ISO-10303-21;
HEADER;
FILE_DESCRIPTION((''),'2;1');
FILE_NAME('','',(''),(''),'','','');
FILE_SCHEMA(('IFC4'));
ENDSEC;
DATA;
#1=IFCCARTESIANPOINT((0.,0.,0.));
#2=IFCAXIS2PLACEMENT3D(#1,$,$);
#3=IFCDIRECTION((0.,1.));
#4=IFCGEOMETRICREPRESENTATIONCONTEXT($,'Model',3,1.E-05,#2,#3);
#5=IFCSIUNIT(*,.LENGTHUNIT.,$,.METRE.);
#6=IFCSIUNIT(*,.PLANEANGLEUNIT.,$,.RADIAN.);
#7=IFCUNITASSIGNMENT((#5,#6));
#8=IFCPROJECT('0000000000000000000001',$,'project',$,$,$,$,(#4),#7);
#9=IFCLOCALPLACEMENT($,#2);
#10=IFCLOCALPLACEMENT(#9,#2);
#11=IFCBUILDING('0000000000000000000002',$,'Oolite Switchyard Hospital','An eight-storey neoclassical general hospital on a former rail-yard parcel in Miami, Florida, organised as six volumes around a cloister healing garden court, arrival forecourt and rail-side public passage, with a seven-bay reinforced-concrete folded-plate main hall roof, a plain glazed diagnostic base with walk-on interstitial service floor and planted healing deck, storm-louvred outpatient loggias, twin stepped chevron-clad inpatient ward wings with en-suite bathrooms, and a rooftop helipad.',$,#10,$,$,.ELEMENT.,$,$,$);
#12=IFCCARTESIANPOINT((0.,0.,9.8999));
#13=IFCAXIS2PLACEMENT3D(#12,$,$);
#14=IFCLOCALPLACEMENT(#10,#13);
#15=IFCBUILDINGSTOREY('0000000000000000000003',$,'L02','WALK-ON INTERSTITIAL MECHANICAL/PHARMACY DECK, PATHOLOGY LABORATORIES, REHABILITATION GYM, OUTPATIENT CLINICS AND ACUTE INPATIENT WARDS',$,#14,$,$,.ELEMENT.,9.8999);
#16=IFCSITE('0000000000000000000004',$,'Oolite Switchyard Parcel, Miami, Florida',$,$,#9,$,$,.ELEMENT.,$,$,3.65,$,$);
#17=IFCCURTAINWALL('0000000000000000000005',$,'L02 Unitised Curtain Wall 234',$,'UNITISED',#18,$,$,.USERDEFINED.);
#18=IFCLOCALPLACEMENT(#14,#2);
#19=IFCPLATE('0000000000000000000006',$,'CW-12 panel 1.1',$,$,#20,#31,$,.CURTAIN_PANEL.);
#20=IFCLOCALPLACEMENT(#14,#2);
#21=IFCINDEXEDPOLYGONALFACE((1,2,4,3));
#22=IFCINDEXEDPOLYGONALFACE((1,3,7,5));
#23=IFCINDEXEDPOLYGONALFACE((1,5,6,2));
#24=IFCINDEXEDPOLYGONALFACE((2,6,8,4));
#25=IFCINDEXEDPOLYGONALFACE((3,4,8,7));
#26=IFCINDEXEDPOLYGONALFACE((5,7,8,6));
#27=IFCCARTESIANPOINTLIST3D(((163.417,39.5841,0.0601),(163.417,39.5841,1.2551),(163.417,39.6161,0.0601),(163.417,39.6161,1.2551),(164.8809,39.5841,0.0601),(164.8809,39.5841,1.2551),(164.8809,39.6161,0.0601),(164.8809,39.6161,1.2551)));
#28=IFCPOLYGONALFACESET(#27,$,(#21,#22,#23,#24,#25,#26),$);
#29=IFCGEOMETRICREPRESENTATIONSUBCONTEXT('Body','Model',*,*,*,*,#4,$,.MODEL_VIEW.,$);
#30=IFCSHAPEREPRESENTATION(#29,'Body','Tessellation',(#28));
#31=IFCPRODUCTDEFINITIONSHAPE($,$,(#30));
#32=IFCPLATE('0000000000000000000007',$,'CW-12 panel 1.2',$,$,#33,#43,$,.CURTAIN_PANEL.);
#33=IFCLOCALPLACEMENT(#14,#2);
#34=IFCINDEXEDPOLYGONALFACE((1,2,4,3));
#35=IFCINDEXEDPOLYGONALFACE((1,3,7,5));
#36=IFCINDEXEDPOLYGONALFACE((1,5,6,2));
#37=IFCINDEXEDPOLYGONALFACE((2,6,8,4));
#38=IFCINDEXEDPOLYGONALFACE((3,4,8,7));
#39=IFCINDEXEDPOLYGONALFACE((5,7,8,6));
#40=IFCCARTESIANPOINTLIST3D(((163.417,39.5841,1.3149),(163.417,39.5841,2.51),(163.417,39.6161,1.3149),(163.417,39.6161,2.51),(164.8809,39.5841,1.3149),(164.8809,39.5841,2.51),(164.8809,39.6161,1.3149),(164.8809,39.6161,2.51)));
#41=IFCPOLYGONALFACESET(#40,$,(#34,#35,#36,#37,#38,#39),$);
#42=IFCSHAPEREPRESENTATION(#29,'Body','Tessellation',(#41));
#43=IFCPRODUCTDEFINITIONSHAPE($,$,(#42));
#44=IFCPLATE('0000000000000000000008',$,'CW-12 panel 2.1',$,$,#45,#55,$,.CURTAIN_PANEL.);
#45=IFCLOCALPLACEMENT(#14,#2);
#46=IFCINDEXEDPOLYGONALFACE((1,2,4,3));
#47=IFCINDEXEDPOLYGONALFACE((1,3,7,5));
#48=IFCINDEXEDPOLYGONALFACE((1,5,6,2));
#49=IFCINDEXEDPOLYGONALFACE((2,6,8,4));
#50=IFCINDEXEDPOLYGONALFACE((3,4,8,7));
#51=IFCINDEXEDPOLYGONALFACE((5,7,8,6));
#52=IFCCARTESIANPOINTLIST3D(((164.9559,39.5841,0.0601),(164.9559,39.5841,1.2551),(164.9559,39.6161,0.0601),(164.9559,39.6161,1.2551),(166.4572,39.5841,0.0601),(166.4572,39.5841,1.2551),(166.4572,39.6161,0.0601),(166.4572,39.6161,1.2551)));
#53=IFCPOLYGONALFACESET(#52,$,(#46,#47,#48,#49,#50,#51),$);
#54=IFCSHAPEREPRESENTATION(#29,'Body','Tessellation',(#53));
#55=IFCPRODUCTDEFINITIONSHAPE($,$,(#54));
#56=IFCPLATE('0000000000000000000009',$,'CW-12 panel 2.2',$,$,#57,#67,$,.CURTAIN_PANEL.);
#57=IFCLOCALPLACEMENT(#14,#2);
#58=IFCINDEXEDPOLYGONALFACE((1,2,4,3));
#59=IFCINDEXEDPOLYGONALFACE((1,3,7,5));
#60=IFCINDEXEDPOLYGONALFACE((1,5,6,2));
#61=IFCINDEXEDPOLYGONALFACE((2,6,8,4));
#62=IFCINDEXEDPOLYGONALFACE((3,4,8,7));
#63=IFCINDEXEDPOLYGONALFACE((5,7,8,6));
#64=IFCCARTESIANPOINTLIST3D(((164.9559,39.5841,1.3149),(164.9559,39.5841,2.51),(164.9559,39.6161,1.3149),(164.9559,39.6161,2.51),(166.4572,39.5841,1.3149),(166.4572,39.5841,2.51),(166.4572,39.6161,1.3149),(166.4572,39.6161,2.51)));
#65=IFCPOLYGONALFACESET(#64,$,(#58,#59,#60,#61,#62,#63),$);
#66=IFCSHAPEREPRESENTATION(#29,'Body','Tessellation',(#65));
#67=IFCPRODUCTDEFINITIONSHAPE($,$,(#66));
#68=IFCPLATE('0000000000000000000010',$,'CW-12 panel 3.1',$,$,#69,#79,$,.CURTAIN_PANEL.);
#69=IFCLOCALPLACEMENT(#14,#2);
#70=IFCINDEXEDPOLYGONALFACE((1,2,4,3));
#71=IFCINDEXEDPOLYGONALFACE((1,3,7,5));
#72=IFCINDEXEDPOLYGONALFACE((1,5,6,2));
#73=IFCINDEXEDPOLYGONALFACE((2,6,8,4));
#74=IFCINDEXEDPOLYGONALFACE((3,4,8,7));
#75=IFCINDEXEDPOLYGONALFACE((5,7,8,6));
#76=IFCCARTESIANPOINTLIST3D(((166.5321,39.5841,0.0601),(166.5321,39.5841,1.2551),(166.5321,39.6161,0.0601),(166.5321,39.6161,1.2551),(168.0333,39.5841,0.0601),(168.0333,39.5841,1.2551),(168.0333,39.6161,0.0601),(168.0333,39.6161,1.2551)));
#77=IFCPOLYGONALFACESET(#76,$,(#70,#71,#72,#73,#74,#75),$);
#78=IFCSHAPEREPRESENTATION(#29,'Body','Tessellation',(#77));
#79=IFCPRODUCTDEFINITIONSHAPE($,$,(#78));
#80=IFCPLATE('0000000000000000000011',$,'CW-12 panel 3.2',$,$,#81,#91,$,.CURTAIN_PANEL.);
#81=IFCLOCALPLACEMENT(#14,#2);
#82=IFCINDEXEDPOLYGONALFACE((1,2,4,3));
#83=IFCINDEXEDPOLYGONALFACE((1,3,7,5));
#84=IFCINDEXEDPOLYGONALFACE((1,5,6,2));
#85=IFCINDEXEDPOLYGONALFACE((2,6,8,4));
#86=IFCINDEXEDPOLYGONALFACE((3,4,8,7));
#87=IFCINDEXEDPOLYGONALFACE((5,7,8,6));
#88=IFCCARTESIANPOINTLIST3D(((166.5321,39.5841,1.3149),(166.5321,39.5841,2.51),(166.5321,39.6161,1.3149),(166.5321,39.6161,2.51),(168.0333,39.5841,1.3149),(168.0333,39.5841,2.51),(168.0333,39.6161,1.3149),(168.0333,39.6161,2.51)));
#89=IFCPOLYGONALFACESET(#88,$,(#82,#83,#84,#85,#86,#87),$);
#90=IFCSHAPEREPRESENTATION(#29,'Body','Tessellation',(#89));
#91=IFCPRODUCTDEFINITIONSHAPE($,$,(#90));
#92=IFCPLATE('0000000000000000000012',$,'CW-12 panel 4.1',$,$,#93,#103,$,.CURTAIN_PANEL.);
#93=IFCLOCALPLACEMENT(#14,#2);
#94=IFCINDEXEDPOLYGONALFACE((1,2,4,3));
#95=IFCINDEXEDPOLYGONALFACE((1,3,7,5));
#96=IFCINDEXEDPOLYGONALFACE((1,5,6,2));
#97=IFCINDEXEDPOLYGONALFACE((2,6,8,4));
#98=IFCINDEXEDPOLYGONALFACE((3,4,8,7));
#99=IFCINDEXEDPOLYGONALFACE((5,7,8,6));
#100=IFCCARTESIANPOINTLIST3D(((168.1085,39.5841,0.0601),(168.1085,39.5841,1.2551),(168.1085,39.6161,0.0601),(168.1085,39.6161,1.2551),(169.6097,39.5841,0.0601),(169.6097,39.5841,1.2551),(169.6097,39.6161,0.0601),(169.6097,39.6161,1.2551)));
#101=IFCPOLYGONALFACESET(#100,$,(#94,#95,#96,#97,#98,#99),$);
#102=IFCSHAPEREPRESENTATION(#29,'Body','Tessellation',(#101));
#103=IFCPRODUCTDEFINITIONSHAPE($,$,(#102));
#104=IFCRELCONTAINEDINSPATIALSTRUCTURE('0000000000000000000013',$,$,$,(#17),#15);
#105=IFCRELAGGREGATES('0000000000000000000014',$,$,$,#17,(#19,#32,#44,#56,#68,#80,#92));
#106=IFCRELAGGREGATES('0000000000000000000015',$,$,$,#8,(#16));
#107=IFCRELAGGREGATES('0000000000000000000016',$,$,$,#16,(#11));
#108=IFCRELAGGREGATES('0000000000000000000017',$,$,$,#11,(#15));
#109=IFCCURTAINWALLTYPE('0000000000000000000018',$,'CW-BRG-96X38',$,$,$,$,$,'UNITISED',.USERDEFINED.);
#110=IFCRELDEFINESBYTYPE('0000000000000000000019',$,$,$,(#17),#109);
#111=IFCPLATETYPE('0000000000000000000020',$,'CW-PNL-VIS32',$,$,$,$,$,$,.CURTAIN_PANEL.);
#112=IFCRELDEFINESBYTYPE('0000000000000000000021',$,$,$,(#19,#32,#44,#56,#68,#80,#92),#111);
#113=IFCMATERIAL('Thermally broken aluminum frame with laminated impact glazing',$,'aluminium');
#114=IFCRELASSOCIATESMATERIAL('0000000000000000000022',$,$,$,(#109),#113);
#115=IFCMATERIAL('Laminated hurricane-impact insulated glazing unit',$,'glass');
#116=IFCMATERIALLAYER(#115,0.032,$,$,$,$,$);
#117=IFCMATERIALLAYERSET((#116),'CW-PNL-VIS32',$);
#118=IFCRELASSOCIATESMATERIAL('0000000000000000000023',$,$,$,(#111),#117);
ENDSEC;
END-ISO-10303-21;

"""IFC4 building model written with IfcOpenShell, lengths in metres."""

from ifc_helpers import new_model, si_unit, direction, frame, origin, origin_2d, place, context, subcontext, project, spatial, rectangle, extrude, material, layer, layer_set, type_object, element, aggregate, save


model = new_model("IFC4")

# Units and contexts
model_context = context("Model", 3, precision=1e-05, world=origin(), true_north=direction((0.0, 1.0)))
body_context = subcontext(model_context, "Body", "Model", "MODEL_VIEW")
ifc_project = project(units=[si_unit("LENGTHUNIT", "METRE"), si_unit("PLANEANGLEUNIT", "RADIAN")], contexts=[model_context])

# Site, building, storey
site_placement = place(None, origin())
site = spatial("IfcSite", under=ifc_project, at=site_placement, Name="Oolite Switchyard Parcel, Miami, Florida", CompositionType="ELEMENT", RefElevation=3.65)
building_placement = place(site_placement, origin())
building = spatial("IfcBuilding", under=site, at=building_placement, Name="Oolite Switchyard Hospital", Description="An eight-storey neoclassical general hospital on a former rail-yard parcel in Miami, Florida, organised as six volumes around a cloister healing garden court, arrival forecourt and rail-side public passage, with a seven-bay reinforced-concrete folded-plate main hall roof, a plain glazed diagnostic base with walk-on interstitial service floor and planted healing deck, storm-louvred outpatient loggias, twin stepped chevron-clad inpatient ward wings with en-suite bathrooms, and a rooftop helipad.", CompositionType="ELEMENT")
storey_placement = place(building_placement, frame((0.0, 0.0, 9.8999)))
storey = spatial("IfcBuildingStorey", under=building, at=storey_placement, Name="L02", Description="WALK-ON INTERSTITIAL MECHANICAL/PHARMACY DECK, PATHOLOGY LABORATORIES, REHABILITATION GYM, OUTPATIENT CLINICS AND ACUTE INPATIENT WARDS", CompositionType="ELEMENT", Elevation=9.8999)

# Curtain wall, plates
ifc_material_1 = material(Name="Thermally broken aluminum frame with laminated impact glazing", Category="aluminium")
curtain_wall_type = type_object("IfcCurtainWallType", Name="CW-BRG-96X38", ElementType="UNITISED", PredefinedType="USERDEFINED", material=ifc_material_1)
curtain_wall_placement = place(storey_placement, origin())
curtain_wall = element("IfcCurtainWall", 1, at=curtain_wall_placement, inside=storey, type_object=curtain_wall_type, Name="L02 Unitised Curtain Wall 234", ObjectType="UNITISED", PredefinedType="USERDEFINED")
ifc_material_2 = material(Name="Laminated hurricane-impact insulated glazing unit", Category="glass")
ifc_layer = layer(ifc_material_2, 0.032)
ifc_layer_set = layer_set([ifc_layer], Name="CW-PNL-VIS32")
plate_type = type_object("IfcPlateType", Name="CW-PNL-VIS32", PredefinedType="CURTAIN_PANEL", material=ifc_layer_set)
plate_1_placement = place(storey_placement, frame((164.1489, 39.6001, 0.0601), z_axis=(0.0, 0.0, 1.0), x_axis=(1.0, 0.0, 0.0)))
plate_1 = element("IfcPlate", 2, at=plate_1_placement, type_object=plate_type, Name="CW-12 panel 1.1", PredefinedType="CURTAIN_PANEL", context=body_context, shape_type="SweptSolid", body=[
    extrude(rectangle(XDim=1.4639, YDim=0.032, at=origin_2d()), origin(), (0.0, 0.0, 1.0), 1.1951),
])
plate_2_placement = place(storey_placement, frame((164.1489, 39.6001, 1.3149), z_axis=(0.0, 0.0, 1.0), x_axis=(1.0, 0.0, 0.0)))
plate_2 = element("IfcPlate", 3, at=plate_2_placement, type_object=plate_type, Name="CW-12 panel 1.2", PredefinedType="CURTAIN_PANEL", context=body_context, shape_type="SweptSolid", body=[
    extrude(rectangle(XDim=1.4639, YDim=0.032, at=origin_2d()), origin(), (0.0, 0.0, 1.0), 1.1951),
])
plate_3_placement = place(storey_placement, frame((165.7065, 39.6001, 0.0601), z_axis=(0.0, 0.0, 1.0), x_axis=(1.0, 0.0, 0.0)))
plate_3 = element("IfcPlate", 4, at=plate_3_placement, type_object=plate_type, Name="CW-12 panel 2.1", PredefinedType="CURTAIN_PANEL", context=body_context, shape_type="SweptSolid", body=[
    extrude(rectangle(XDim=1.5012, YDim=0.032, at=origin_2d()), origin(), (0.0, 0.0, 1.0), 1.1951),
])
plate_4_placement = place(storey_placement, frame((165.7065, 39.6001, 1.3149), z_axis=(0.0, 0.0, 1.0), x_axis=(1.0, 0.0, 0.0)))
plate_4 = element("IfcPlate", 5, at=plate_4_placement, type_object=plate_type, Name="CW-12 panel 2.2", PredefinedType="CURTAIN_PANEL", context=body_context, shape_type="SweptSolid", body=[
    extrude(rectangle(XDim=1.5012, YDim=0.032, at=origin_2d()), origin(), (0.0, 0.0, 1.0), 1.1951),
])
plate_5_placement = place(storey_placement, frame((167.2827, 39.6001, 0.0601), z_axis=(0.0, 0.0, 1.0), x_axis=(1.0, 0.0, 0.0)))
plate_5 = element("IfcPlate", 6, at=plate_5_placement, type_object=plate_type, Name="CW-12 panel 3.1", PredefinedType="CURTAIN_PANEL", context=body_context, shape_type="SweptSolid", body=[
    extrude(rectangle(XDim=1.5012, YDim=0.032, at=origin_2d()), origin(), (0.0, 0.0, 1.0), 1.1951),
])
plate_6_placement = place(storey_placement, frame((167.2827, 39.6001, 1.3149), z_axis=(0.0, 0.0, 1.0), x_axis=(1.0, 0.0, 0.0)))
plate_6 = element("IfcPlate", 7, at=plate_6_placement, type_object=plate_type, Name="CW-12 panel 3.2", PredefinedType="CURTAIN_PANEL", context=body_context, shape_type="SweptSolid", body=[
    extrude(rectangle(XDim=1.5012, YDim=0.032, at=origin_2d()), origin(), (0.0, 0.0, 1.0), 1.1951),
])
plate_7_placement = place(storey_placement, frame((168.8591, 39.6001, 0.0601), z_axis=(0.0, 0.0, 1.0), x_axis=(1.0, 0.0, 0.0)))
plate_7 = element("IfcPlate", 8, at=plate_7_placement, type_object=plate_type, Name="CW-12 panel 4.1", PredefinedType="CURTAIN_PANEL", context=body_context, shape_type="SweptSolid", body=[
    extrude(rectangle(XDim=1.5012, YDim=0.032, at=origin_2d()), origin(), (0.0, 0.0, 1.0), 1.1951),
])
aggregate(curtain_wall, [plate_1, plate_2, plate_3, plate_4, plate_5, plate_6, plate_7])

save(model, "model.ifc")
